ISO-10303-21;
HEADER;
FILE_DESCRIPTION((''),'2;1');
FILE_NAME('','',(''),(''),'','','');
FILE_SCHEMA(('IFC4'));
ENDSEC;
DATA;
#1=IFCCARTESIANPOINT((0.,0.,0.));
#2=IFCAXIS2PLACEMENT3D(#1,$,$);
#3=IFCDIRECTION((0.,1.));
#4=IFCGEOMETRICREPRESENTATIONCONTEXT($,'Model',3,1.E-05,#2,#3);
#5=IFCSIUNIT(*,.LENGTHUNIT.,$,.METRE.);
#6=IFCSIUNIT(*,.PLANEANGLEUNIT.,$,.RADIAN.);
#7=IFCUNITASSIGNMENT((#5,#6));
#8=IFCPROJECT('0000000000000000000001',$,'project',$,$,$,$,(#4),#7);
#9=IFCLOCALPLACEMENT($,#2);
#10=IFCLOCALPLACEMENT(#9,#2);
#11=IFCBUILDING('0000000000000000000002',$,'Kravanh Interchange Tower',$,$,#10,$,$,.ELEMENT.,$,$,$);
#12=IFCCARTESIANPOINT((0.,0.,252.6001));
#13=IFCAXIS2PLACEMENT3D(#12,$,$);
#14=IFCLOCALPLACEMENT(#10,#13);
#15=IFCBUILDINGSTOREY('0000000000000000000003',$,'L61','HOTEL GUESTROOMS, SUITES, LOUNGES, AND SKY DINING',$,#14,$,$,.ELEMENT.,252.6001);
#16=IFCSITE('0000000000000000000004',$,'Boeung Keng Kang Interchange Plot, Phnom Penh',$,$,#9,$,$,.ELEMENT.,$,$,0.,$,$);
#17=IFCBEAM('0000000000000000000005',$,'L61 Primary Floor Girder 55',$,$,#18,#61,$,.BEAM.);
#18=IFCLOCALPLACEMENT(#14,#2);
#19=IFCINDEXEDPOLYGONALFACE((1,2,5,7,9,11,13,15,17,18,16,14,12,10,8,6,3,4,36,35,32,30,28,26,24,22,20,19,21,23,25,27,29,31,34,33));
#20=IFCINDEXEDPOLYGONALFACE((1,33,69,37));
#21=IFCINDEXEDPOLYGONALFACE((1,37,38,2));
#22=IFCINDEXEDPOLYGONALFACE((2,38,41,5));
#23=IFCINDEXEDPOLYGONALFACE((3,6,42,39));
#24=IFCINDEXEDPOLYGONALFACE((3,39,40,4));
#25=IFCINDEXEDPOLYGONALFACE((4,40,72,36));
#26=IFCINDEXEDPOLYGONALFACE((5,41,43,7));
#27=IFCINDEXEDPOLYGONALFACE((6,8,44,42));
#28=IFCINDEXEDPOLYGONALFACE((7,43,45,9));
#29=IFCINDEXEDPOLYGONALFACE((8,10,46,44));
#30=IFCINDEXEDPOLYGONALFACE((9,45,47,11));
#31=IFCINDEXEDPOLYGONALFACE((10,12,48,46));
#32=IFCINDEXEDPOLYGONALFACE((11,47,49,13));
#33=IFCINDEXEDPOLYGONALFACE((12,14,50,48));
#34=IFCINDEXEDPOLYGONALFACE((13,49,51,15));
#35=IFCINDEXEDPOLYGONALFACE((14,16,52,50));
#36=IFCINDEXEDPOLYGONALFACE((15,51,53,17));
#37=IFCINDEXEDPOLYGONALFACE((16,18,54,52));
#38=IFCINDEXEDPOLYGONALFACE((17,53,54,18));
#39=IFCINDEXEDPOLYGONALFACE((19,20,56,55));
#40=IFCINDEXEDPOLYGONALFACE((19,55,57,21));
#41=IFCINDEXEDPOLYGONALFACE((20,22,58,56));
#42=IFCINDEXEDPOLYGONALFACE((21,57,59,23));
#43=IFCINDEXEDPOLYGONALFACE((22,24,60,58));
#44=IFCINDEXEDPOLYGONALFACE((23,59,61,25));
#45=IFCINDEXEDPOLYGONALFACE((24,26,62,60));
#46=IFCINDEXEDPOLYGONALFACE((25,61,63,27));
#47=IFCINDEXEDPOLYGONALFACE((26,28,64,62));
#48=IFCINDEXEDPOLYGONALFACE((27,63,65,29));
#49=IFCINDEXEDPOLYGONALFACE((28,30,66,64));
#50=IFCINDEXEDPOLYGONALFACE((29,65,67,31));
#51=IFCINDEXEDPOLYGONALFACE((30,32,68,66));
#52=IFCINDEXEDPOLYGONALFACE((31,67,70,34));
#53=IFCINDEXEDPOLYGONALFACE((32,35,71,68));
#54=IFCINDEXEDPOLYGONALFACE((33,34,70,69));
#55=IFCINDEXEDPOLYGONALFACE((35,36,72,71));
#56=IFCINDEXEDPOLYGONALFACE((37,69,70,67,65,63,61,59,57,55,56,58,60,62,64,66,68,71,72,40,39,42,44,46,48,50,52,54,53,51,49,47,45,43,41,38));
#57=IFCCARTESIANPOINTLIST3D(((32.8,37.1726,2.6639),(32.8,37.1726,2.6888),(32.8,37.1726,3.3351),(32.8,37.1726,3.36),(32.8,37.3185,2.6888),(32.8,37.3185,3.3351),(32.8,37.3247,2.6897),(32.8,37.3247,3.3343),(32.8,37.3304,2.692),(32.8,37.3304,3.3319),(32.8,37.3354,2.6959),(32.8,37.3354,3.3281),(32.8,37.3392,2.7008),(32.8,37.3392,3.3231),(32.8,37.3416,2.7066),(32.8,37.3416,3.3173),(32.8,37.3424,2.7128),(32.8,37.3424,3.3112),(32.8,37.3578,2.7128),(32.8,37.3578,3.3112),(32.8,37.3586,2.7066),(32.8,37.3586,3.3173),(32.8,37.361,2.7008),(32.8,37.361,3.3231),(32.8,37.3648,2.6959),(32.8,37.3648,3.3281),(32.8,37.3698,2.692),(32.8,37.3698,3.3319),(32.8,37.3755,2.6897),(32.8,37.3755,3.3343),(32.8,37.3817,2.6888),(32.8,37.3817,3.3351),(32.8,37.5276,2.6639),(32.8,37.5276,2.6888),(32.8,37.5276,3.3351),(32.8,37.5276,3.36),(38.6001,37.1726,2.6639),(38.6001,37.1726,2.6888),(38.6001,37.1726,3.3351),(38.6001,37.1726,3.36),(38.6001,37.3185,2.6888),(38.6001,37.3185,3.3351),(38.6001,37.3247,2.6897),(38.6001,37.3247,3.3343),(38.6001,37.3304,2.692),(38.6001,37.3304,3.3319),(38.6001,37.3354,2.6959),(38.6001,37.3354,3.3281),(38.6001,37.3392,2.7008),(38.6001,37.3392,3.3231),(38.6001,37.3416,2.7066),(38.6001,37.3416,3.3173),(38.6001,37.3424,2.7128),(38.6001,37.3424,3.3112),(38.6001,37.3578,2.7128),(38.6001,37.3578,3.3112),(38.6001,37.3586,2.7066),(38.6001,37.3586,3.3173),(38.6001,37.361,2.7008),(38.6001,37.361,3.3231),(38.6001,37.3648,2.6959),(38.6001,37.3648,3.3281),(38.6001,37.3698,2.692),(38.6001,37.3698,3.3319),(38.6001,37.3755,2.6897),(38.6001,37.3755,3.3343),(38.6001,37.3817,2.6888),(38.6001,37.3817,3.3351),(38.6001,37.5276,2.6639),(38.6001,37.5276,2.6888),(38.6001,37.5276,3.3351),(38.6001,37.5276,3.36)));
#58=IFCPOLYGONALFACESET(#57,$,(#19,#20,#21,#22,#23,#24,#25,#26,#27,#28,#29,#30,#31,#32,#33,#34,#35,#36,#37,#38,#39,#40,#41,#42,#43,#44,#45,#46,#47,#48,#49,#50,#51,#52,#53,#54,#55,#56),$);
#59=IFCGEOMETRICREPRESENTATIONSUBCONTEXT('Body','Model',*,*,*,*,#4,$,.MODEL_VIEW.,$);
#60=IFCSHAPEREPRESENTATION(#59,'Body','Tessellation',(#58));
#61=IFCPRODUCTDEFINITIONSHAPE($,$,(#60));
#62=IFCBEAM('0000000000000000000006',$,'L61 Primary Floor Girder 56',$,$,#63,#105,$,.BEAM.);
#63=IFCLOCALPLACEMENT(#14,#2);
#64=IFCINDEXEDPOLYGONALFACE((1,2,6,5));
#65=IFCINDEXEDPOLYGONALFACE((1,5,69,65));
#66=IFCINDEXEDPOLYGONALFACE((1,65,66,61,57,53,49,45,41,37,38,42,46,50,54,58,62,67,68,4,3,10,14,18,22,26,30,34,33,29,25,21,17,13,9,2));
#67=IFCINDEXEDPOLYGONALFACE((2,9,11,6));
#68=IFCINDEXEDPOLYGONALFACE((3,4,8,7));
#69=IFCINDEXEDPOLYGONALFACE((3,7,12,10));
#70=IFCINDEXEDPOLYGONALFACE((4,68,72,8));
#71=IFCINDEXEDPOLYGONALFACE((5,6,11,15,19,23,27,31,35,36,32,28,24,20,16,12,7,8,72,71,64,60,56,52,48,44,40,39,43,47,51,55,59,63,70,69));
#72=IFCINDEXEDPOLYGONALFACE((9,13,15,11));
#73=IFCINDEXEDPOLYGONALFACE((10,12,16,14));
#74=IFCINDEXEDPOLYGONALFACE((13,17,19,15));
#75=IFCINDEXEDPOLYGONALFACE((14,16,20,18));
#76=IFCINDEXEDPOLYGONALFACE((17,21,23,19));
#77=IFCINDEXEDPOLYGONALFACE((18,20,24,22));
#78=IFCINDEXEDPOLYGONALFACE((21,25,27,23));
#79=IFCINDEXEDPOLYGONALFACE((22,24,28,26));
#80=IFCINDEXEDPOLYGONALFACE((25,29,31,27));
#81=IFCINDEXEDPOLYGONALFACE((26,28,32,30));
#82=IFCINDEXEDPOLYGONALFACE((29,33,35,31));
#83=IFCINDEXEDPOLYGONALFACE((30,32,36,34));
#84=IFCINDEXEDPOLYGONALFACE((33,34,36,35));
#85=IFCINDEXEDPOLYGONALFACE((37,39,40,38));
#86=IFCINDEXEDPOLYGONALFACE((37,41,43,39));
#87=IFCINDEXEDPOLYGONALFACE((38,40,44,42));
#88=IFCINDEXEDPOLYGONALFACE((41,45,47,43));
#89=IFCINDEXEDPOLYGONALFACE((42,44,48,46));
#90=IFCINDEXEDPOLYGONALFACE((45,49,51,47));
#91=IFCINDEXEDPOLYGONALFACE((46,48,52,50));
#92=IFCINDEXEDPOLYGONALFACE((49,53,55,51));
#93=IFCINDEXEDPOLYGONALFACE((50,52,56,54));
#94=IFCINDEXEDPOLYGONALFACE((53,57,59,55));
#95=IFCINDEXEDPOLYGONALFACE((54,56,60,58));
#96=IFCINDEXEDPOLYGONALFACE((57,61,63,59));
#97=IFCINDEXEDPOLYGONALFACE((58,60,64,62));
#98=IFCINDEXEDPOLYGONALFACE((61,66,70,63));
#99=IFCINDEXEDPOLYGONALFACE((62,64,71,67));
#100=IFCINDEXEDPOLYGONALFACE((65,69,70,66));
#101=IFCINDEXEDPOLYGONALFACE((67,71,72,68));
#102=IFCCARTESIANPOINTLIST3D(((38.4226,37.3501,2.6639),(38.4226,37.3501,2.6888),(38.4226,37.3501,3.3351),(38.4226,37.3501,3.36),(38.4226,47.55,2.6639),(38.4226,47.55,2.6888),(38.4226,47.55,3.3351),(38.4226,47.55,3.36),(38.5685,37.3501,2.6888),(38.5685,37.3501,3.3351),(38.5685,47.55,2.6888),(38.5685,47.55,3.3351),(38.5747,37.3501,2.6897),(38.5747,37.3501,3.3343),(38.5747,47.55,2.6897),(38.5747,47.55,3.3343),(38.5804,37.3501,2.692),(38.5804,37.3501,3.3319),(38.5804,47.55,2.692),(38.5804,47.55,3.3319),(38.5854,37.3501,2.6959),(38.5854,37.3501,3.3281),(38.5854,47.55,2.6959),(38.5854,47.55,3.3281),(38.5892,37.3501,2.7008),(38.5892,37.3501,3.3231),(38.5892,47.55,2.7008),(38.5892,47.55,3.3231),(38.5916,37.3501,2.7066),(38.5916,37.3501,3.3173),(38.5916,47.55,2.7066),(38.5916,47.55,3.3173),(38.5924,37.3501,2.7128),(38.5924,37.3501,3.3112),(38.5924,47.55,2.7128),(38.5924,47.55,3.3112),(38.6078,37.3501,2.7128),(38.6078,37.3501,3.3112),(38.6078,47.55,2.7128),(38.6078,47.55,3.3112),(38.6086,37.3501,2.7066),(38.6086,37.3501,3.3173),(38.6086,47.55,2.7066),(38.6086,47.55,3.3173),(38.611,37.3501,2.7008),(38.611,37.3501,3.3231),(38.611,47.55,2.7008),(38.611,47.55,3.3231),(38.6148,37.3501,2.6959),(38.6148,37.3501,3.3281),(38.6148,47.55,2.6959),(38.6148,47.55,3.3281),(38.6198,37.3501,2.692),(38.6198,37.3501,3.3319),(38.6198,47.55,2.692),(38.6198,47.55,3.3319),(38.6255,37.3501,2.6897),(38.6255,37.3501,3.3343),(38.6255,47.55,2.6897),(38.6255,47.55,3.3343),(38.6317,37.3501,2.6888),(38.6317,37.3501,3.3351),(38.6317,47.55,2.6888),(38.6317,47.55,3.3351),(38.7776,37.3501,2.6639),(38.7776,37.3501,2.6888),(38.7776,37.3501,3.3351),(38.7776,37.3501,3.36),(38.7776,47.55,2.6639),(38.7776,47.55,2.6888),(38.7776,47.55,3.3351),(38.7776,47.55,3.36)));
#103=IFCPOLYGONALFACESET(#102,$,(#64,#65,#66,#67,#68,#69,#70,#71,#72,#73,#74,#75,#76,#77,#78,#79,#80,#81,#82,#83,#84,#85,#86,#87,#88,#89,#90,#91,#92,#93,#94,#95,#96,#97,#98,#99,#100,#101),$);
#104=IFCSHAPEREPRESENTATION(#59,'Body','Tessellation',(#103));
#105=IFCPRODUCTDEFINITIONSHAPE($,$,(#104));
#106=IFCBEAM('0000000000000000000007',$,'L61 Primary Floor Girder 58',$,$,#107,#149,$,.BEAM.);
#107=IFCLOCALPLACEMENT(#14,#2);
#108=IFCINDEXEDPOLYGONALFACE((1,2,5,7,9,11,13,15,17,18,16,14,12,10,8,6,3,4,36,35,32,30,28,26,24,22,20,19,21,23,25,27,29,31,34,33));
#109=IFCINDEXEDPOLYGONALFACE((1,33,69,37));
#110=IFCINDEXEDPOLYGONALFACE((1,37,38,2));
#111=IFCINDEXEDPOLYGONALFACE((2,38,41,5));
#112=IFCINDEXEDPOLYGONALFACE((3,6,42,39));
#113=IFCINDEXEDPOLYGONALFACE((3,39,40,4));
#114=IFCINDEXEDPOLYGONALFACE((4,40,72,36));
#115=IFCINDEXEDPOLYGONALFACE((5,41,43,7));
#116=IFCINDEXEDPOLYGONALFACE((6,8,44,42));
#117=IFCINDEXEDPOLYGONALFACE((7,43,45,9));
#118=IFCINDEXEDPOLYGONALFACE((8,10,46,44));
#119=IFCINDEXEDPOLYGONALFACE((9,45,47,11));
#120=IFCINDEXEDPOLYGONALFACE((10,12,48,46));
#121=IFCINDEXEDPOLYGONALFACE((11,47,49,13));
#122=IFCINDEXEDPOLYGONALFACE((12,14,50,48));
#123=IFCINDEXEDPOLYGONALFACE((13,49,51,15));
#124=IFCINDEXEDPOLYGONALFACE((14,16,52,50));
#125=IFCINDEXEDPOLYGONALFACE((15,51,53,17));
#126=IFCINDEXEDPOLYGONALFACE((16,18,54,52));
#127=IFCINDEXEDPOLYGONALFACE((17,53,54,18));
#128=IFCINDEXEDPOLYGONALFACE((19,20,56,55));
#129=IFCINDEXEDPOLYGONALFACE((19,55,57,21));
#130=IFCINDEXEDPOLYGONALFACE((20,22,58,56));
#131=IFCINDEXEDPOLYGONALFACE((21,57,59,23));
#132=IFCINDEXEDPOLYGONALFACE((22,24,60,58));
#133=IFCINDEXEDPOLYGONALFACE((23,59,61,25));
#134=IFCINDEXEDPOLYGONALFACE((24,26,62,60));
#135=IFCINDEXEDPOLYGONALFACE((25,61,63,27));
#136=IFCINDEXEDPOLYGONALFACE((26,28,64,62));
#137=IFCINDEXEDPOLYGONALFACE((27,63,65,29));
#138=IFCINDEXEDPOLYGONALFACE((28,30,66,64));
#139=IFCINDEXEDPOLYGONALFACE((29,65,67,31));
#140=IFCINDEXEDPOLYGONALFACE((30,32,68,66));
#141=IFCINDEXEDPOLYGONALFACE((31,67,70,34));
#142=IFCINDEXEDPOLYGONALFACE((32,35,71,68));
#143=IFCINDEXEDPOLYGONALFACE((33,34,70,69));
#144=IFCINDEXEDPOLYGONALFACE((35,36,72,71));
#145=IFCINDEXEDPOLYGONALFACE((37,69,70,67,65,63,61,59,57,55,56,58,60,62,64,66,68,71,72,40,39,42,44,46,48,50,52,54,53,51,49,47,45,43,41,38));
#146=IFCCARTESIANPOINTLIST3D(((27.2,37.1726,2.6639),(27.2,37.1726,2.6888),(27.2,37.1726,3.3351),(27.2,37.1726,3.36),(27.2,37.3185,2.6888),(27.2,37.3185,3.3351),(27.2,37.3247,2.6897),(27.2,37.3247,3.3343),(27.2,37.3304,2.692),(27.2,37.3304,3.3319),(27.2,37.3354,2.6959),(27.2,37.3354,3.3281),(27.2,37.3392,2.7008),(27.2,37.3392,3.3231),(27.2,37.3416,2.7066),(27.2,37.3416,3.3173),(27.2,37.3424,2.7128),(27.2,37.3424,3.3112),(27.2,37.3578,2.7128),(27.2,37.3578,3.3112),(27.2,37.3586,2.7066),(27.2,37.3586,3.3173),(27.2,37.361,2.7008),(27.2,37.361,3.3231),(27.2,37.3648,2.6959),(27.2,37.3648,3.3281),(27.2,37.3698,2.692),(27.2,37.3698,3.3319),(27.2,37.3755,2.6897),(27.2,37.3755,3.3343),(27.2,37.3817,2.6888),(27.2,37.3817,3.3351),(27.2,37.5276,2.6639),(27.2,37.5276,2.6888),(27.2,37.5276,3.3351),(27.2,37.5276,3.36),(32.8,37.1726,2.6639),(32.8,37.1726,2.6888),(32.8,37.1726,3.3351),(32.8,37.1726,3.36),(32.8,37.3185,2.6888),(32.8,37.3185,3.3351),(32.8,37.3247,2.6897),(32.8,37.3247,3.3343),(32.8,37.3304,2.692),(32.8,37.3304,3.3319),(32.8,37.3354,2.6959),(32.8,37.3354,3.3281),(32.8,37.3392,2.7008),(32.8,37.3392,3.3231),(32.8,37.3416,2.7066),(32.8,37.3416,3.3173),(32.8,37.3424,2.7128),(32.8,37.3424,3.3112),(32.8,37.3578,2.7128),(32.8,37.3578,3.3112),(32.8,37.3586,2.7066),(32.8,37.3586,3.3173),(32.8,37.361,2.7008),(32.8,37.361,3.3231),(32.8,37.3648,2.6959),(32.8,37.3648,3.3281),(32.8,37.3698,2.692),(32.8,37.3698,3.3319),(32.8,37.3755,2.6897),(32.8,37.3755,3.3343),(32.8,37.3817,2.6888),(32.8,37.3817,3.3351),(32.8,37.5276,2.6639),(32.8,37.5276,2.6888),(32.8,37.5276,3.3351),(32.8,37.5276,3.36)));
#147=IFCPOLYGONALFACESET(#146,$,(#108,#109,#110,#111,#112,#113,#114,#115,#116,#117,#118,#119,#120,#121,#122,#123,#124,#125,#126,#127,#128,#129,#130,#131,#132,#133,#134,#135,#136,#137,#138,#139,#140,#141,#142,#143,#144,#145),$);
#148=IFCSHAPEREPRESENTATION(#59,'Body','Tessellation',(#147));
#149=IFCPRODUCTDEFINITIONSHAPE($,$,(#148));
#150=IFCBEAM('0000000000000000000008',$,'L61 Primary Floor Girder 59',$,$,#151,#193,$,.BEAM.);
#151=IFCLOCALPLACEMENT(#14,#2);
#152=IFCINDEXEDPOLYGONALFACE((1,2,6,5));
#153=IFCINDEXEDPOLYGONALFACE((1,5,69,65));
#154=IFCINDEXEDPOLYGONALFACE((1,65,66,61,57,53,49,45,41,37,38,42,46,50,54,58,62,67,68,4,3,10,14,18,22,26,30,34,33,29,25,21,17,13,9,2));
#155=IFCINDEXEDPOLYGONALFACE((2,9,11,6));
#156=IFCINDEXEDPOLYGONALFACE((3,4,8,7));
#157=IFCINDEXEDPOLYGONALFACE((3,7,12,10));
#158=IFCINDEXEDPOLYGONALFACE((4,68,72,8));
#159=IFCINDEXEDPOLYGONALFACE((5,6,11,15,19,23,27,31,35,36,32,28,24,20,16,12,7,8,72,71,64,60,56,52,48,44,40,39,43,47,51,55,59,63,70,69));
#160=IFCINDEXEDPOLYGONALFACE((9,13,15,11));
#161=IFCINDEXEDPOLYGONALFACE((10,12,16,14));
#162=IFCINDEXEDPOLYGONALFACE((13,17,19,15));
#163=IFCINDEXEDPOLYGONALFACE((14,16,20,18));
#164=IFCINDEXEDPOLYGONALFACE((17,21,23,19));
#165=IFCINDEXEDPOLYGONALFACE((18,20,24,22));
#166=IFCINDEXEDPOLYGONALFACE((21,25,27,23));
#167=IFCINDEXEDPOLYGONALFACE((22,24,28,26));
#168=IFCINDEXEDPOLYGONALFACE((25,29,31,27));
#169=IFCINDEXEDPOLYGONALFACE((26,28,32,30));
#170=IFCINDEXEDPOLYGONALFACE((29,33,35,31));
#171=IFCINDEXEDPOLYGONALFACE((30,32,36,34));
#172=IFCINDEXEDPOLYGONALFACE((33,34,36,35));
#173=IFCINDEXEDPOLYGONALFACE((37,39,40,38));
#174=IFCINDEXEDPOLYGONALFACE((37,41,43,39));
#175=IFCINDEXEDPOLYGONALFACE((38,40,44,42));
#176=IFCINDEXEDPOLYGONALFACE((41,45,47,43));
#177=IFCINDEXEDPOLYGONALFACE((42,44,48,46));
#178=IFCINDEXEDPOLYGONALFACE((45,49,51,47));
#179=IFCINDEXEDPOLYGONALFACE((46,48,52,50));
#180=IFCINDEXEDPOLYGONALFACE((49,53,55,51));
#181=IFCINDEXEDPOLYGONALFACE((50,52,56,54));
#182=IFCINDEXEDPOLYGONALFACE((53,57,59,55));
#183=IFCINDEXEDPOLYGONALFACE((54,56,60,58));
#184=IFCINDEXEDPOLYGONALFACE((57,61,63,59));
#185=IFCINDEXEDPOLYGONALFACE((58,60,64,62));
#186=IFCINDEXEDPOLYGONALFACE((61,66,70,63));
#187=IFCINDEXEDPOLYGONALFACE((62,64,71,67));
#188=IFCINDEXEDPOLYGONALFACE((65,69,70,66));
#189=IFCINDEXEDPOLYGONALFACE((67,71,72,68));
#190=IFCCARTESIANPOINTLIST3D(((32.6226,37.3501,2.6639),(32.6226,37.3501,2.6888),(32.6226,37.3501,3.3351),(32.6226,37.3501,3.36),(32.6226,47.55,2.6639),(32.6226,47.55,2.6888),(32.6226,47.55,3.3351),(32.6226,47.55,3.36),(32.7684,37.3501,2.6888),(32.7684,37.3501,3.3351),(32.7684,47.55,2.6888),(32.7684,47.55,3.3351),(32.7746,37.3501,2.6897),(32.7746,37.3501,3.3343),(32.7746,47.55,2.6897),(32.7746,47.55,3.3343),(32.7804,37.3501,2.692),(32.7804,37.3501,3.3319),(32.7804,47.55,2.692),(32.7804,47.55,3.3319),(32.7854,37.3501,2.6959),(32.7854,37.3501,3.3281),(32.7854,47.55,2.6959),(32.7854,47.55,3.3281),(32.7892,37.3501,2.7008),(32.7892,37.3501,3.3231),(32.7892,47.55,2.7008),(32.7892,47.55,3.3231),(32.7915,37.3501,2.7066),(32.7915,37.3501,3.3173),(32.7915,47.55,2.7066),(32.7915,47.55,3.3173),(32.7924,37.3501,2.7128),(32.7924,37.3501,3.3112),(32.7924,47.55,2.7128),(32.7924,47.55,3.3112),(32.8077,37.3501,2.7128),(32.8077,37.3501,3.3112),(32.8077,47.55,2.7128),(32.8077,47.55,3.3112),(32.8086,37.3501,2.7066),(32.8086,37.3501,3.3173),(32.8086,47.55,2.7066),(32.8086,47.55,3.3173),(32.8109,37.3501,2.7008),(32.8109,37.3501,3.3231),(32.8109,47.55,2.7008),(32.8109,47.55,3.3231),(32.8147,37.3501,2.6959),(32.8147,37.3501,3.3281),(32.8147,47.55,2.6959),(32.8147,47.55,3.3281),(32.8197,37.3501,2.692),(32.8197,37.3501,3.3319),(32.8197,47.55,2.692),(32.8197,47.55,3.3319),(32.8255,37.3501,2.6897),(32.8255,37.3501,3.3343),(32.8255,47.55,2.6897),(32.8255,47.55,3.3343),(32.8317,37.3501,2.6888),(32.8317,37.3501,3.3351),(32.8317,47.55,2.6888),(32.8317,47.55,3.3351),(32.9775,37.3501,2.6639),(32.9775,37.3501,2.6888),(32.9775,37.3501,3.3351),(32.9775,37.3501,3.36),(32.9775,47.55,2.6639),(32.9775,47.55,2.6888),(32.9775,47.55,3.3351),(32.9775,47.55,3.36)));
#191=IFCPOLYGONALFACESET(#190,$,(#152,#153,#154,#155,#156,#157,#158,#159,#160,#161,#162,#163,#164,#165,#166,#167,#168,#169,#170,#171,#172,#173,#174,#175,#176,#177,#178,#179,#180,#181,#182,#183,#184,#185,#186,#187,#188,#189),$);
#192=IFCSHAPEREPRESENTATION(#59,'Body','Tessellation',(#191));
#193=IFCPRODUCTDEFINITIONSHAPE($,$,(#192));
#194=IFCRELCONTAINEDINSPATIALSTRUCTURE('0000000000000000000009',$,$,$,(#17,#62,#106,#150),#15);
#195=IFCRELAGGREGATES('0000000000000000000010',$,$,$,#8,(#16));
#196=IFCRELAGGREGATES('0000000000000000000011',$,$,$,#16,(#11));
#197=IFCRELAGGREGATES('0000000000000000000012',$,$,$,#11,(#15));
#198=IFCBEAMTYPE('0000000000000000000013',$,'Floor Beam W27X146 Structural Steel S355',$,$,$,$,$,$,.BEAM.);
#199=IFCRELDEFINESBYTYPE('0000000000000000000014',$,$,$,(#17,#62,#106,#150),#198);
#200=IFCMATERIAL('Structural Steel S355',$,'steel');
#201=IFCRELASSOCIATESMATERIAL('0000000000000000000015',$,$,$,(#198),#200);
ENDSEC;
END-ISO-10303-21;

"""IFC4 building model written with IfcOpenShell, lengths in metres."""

from ifc_helpers import new_model, si_unit, direction, frame, origin, origin_2d, place, context, subcontext, project, spatial, i_section, extrude, material, material_profile, profile_set, type_object, element, save


model = new_model("IFC4")

# Units and contexts
model_context = context("Model", 3, precision=1e-05, world=origin(), true_north=direction((0.0, 1.0)))
body_context = subcontext(model_context, "Body", "Model", "MODEL_VIEW")
ifc_project = project(units=[si_unit("LENGTHUNIT", "METRE"), si_unit("PLANEANGLEUNIT", "RADIAN")], contexts=[model_context])

# Site, building, storey
site_placement = place(None, origin())
site = spatial("IfcSite", under=ifc_project, at=site_placement, Name="Boeung Keng Kang Interchange Plot, Phnom Penh", CompositionType="ELEMENT", RefElevation=0.0)
building_placement = place(site_placement, origin())
building = spatial("IfcBuilding", under=site, at=building_placement, Name="Kravanh Interchange Tower", CompositionType="ELEMENT")
storey_placement = place(building_placement, frame((0.0, 0.0, 252.6001)))
storey = spatial("IfcBuildingStorey", under=building, at=storey_placement, Name="L61", Description="HOTEL GUESTROOMS, SUITES, LOUNGES, AND SKY DINING", CompositionType="ELEMENT", Elevation=252.6001)

# Beams
ifc_material_1 = material(Name="Structural Steel S355", Category="steel")
ifc_material_profile_1 = material_profile(ifc_material_1, i_section(OverallWidth=0.355, OverallDepth=0.696, WebThickness=0.0154, FlangeThickness=0.0249, FilletRadius=0.0239, at=origin_2d()), Name="W27X146")
ifc_profile_set_1 = profile_set([ifc_material_profile_1], Name="Structural Steel S355")
beam_type_1 = type_object("IfcBeamType", Name="Floor Beam W27X146 Structural Steel S355", PredefinedType="BEAM", material=ifc_profile_set_1)
beam_1_placement = place(storey_placement, frame((38.6001, 37.3501, 3.012), z_axis=(-1.0, 0.0, 0.0), x_axis=(0.0, -1.0, 0.0)))
element("IfcBeam", 1, at=beam_1_placement, inside=storey, type_object=beam_type_1, Name="L61 Primary Floor Girder 55", PredefinedType="BEAM", context=body_context, shape_type="SweptSolid", body=[
    extrude(i_section(OverallWidth=0.355, OverallDepth=0.696, WebThickness=0.0154, FlangeThickness=0.0249, FilletRadius=0.0239, at=origin_2d()), origin(), (0.0, 0.0, 1.0), 5.8),
])
beam_2_placement = place(storey_placement, frame((38.6001, 37.3501, 3.012), z_axis=(0.0, 1.0, 0.0), x_axis=(-1.0, 0.0, 0.0)))
element("IfcBeam", 2, at=beam_2_placement, inside=storey, type_object=beam_type_1, Name="L61 Primary Floor Girder 56", PredefinedType="BEAM", context=body_context, shape_type="SweptSolid", body=[
    extrude(i_section(OverallWidth=0.355, OverallDepth=0.696, WebThickness=0.0154, FlangeThickness=0.0249, FilletRadius=0.0239, at=origin_2d()), origin(), (0.0, 0.0, 1.0), 10.2),
])
beam_3_placement = place(storey_placement, frame((32.8, 37.3501, 3.012), z_axis=(-1.0, 0.0, 0.0), x_axis=(0.0, -1.0, 0.0)))
element("IfcBeam", 3, at=beam_3_placement, inside=storey, type_object=beam_type_1, Name="L61 Primary Floor Girder 58", PredefinedType="BEAM", context=body_context, shape_type="SweptSolid", body=[
    extrude(i_section(OverallWidth=0.355, OverallDepth=0.696, WebThickness=0.0154, FlangeThickness=0.0249, FilletRadius=0.0239, at=origin_2d()), origin(), (0.0, 0.0, 1.0), 5.6001),
])
beam_4_placement = place(storey_placement, frame((32.8, 37.3501, 3.012), z_axis=(0.0, 1.0, 0.0), x_axis=(-1.0, 0.0, 0.0)))
element("IfcBeam", 4, at=beam_4_placement, inside=storey, type_object=beam_type_1, Name="L61 Primary Floor Girder 59", PredefinedType="BEAM", context=body_context, shape_type="SweptSolid", body=[
    extrude(i_section(OverallWidth=0.355, OverallDepth=0.696, WebThickness=0.0154, FlangeThickness=0.0249, FilletRadius=0.0239, at=origin_2d()), origin(), (0.0, 0.0, 1.0), 10.2),
])

save(model, "model.ifc")
